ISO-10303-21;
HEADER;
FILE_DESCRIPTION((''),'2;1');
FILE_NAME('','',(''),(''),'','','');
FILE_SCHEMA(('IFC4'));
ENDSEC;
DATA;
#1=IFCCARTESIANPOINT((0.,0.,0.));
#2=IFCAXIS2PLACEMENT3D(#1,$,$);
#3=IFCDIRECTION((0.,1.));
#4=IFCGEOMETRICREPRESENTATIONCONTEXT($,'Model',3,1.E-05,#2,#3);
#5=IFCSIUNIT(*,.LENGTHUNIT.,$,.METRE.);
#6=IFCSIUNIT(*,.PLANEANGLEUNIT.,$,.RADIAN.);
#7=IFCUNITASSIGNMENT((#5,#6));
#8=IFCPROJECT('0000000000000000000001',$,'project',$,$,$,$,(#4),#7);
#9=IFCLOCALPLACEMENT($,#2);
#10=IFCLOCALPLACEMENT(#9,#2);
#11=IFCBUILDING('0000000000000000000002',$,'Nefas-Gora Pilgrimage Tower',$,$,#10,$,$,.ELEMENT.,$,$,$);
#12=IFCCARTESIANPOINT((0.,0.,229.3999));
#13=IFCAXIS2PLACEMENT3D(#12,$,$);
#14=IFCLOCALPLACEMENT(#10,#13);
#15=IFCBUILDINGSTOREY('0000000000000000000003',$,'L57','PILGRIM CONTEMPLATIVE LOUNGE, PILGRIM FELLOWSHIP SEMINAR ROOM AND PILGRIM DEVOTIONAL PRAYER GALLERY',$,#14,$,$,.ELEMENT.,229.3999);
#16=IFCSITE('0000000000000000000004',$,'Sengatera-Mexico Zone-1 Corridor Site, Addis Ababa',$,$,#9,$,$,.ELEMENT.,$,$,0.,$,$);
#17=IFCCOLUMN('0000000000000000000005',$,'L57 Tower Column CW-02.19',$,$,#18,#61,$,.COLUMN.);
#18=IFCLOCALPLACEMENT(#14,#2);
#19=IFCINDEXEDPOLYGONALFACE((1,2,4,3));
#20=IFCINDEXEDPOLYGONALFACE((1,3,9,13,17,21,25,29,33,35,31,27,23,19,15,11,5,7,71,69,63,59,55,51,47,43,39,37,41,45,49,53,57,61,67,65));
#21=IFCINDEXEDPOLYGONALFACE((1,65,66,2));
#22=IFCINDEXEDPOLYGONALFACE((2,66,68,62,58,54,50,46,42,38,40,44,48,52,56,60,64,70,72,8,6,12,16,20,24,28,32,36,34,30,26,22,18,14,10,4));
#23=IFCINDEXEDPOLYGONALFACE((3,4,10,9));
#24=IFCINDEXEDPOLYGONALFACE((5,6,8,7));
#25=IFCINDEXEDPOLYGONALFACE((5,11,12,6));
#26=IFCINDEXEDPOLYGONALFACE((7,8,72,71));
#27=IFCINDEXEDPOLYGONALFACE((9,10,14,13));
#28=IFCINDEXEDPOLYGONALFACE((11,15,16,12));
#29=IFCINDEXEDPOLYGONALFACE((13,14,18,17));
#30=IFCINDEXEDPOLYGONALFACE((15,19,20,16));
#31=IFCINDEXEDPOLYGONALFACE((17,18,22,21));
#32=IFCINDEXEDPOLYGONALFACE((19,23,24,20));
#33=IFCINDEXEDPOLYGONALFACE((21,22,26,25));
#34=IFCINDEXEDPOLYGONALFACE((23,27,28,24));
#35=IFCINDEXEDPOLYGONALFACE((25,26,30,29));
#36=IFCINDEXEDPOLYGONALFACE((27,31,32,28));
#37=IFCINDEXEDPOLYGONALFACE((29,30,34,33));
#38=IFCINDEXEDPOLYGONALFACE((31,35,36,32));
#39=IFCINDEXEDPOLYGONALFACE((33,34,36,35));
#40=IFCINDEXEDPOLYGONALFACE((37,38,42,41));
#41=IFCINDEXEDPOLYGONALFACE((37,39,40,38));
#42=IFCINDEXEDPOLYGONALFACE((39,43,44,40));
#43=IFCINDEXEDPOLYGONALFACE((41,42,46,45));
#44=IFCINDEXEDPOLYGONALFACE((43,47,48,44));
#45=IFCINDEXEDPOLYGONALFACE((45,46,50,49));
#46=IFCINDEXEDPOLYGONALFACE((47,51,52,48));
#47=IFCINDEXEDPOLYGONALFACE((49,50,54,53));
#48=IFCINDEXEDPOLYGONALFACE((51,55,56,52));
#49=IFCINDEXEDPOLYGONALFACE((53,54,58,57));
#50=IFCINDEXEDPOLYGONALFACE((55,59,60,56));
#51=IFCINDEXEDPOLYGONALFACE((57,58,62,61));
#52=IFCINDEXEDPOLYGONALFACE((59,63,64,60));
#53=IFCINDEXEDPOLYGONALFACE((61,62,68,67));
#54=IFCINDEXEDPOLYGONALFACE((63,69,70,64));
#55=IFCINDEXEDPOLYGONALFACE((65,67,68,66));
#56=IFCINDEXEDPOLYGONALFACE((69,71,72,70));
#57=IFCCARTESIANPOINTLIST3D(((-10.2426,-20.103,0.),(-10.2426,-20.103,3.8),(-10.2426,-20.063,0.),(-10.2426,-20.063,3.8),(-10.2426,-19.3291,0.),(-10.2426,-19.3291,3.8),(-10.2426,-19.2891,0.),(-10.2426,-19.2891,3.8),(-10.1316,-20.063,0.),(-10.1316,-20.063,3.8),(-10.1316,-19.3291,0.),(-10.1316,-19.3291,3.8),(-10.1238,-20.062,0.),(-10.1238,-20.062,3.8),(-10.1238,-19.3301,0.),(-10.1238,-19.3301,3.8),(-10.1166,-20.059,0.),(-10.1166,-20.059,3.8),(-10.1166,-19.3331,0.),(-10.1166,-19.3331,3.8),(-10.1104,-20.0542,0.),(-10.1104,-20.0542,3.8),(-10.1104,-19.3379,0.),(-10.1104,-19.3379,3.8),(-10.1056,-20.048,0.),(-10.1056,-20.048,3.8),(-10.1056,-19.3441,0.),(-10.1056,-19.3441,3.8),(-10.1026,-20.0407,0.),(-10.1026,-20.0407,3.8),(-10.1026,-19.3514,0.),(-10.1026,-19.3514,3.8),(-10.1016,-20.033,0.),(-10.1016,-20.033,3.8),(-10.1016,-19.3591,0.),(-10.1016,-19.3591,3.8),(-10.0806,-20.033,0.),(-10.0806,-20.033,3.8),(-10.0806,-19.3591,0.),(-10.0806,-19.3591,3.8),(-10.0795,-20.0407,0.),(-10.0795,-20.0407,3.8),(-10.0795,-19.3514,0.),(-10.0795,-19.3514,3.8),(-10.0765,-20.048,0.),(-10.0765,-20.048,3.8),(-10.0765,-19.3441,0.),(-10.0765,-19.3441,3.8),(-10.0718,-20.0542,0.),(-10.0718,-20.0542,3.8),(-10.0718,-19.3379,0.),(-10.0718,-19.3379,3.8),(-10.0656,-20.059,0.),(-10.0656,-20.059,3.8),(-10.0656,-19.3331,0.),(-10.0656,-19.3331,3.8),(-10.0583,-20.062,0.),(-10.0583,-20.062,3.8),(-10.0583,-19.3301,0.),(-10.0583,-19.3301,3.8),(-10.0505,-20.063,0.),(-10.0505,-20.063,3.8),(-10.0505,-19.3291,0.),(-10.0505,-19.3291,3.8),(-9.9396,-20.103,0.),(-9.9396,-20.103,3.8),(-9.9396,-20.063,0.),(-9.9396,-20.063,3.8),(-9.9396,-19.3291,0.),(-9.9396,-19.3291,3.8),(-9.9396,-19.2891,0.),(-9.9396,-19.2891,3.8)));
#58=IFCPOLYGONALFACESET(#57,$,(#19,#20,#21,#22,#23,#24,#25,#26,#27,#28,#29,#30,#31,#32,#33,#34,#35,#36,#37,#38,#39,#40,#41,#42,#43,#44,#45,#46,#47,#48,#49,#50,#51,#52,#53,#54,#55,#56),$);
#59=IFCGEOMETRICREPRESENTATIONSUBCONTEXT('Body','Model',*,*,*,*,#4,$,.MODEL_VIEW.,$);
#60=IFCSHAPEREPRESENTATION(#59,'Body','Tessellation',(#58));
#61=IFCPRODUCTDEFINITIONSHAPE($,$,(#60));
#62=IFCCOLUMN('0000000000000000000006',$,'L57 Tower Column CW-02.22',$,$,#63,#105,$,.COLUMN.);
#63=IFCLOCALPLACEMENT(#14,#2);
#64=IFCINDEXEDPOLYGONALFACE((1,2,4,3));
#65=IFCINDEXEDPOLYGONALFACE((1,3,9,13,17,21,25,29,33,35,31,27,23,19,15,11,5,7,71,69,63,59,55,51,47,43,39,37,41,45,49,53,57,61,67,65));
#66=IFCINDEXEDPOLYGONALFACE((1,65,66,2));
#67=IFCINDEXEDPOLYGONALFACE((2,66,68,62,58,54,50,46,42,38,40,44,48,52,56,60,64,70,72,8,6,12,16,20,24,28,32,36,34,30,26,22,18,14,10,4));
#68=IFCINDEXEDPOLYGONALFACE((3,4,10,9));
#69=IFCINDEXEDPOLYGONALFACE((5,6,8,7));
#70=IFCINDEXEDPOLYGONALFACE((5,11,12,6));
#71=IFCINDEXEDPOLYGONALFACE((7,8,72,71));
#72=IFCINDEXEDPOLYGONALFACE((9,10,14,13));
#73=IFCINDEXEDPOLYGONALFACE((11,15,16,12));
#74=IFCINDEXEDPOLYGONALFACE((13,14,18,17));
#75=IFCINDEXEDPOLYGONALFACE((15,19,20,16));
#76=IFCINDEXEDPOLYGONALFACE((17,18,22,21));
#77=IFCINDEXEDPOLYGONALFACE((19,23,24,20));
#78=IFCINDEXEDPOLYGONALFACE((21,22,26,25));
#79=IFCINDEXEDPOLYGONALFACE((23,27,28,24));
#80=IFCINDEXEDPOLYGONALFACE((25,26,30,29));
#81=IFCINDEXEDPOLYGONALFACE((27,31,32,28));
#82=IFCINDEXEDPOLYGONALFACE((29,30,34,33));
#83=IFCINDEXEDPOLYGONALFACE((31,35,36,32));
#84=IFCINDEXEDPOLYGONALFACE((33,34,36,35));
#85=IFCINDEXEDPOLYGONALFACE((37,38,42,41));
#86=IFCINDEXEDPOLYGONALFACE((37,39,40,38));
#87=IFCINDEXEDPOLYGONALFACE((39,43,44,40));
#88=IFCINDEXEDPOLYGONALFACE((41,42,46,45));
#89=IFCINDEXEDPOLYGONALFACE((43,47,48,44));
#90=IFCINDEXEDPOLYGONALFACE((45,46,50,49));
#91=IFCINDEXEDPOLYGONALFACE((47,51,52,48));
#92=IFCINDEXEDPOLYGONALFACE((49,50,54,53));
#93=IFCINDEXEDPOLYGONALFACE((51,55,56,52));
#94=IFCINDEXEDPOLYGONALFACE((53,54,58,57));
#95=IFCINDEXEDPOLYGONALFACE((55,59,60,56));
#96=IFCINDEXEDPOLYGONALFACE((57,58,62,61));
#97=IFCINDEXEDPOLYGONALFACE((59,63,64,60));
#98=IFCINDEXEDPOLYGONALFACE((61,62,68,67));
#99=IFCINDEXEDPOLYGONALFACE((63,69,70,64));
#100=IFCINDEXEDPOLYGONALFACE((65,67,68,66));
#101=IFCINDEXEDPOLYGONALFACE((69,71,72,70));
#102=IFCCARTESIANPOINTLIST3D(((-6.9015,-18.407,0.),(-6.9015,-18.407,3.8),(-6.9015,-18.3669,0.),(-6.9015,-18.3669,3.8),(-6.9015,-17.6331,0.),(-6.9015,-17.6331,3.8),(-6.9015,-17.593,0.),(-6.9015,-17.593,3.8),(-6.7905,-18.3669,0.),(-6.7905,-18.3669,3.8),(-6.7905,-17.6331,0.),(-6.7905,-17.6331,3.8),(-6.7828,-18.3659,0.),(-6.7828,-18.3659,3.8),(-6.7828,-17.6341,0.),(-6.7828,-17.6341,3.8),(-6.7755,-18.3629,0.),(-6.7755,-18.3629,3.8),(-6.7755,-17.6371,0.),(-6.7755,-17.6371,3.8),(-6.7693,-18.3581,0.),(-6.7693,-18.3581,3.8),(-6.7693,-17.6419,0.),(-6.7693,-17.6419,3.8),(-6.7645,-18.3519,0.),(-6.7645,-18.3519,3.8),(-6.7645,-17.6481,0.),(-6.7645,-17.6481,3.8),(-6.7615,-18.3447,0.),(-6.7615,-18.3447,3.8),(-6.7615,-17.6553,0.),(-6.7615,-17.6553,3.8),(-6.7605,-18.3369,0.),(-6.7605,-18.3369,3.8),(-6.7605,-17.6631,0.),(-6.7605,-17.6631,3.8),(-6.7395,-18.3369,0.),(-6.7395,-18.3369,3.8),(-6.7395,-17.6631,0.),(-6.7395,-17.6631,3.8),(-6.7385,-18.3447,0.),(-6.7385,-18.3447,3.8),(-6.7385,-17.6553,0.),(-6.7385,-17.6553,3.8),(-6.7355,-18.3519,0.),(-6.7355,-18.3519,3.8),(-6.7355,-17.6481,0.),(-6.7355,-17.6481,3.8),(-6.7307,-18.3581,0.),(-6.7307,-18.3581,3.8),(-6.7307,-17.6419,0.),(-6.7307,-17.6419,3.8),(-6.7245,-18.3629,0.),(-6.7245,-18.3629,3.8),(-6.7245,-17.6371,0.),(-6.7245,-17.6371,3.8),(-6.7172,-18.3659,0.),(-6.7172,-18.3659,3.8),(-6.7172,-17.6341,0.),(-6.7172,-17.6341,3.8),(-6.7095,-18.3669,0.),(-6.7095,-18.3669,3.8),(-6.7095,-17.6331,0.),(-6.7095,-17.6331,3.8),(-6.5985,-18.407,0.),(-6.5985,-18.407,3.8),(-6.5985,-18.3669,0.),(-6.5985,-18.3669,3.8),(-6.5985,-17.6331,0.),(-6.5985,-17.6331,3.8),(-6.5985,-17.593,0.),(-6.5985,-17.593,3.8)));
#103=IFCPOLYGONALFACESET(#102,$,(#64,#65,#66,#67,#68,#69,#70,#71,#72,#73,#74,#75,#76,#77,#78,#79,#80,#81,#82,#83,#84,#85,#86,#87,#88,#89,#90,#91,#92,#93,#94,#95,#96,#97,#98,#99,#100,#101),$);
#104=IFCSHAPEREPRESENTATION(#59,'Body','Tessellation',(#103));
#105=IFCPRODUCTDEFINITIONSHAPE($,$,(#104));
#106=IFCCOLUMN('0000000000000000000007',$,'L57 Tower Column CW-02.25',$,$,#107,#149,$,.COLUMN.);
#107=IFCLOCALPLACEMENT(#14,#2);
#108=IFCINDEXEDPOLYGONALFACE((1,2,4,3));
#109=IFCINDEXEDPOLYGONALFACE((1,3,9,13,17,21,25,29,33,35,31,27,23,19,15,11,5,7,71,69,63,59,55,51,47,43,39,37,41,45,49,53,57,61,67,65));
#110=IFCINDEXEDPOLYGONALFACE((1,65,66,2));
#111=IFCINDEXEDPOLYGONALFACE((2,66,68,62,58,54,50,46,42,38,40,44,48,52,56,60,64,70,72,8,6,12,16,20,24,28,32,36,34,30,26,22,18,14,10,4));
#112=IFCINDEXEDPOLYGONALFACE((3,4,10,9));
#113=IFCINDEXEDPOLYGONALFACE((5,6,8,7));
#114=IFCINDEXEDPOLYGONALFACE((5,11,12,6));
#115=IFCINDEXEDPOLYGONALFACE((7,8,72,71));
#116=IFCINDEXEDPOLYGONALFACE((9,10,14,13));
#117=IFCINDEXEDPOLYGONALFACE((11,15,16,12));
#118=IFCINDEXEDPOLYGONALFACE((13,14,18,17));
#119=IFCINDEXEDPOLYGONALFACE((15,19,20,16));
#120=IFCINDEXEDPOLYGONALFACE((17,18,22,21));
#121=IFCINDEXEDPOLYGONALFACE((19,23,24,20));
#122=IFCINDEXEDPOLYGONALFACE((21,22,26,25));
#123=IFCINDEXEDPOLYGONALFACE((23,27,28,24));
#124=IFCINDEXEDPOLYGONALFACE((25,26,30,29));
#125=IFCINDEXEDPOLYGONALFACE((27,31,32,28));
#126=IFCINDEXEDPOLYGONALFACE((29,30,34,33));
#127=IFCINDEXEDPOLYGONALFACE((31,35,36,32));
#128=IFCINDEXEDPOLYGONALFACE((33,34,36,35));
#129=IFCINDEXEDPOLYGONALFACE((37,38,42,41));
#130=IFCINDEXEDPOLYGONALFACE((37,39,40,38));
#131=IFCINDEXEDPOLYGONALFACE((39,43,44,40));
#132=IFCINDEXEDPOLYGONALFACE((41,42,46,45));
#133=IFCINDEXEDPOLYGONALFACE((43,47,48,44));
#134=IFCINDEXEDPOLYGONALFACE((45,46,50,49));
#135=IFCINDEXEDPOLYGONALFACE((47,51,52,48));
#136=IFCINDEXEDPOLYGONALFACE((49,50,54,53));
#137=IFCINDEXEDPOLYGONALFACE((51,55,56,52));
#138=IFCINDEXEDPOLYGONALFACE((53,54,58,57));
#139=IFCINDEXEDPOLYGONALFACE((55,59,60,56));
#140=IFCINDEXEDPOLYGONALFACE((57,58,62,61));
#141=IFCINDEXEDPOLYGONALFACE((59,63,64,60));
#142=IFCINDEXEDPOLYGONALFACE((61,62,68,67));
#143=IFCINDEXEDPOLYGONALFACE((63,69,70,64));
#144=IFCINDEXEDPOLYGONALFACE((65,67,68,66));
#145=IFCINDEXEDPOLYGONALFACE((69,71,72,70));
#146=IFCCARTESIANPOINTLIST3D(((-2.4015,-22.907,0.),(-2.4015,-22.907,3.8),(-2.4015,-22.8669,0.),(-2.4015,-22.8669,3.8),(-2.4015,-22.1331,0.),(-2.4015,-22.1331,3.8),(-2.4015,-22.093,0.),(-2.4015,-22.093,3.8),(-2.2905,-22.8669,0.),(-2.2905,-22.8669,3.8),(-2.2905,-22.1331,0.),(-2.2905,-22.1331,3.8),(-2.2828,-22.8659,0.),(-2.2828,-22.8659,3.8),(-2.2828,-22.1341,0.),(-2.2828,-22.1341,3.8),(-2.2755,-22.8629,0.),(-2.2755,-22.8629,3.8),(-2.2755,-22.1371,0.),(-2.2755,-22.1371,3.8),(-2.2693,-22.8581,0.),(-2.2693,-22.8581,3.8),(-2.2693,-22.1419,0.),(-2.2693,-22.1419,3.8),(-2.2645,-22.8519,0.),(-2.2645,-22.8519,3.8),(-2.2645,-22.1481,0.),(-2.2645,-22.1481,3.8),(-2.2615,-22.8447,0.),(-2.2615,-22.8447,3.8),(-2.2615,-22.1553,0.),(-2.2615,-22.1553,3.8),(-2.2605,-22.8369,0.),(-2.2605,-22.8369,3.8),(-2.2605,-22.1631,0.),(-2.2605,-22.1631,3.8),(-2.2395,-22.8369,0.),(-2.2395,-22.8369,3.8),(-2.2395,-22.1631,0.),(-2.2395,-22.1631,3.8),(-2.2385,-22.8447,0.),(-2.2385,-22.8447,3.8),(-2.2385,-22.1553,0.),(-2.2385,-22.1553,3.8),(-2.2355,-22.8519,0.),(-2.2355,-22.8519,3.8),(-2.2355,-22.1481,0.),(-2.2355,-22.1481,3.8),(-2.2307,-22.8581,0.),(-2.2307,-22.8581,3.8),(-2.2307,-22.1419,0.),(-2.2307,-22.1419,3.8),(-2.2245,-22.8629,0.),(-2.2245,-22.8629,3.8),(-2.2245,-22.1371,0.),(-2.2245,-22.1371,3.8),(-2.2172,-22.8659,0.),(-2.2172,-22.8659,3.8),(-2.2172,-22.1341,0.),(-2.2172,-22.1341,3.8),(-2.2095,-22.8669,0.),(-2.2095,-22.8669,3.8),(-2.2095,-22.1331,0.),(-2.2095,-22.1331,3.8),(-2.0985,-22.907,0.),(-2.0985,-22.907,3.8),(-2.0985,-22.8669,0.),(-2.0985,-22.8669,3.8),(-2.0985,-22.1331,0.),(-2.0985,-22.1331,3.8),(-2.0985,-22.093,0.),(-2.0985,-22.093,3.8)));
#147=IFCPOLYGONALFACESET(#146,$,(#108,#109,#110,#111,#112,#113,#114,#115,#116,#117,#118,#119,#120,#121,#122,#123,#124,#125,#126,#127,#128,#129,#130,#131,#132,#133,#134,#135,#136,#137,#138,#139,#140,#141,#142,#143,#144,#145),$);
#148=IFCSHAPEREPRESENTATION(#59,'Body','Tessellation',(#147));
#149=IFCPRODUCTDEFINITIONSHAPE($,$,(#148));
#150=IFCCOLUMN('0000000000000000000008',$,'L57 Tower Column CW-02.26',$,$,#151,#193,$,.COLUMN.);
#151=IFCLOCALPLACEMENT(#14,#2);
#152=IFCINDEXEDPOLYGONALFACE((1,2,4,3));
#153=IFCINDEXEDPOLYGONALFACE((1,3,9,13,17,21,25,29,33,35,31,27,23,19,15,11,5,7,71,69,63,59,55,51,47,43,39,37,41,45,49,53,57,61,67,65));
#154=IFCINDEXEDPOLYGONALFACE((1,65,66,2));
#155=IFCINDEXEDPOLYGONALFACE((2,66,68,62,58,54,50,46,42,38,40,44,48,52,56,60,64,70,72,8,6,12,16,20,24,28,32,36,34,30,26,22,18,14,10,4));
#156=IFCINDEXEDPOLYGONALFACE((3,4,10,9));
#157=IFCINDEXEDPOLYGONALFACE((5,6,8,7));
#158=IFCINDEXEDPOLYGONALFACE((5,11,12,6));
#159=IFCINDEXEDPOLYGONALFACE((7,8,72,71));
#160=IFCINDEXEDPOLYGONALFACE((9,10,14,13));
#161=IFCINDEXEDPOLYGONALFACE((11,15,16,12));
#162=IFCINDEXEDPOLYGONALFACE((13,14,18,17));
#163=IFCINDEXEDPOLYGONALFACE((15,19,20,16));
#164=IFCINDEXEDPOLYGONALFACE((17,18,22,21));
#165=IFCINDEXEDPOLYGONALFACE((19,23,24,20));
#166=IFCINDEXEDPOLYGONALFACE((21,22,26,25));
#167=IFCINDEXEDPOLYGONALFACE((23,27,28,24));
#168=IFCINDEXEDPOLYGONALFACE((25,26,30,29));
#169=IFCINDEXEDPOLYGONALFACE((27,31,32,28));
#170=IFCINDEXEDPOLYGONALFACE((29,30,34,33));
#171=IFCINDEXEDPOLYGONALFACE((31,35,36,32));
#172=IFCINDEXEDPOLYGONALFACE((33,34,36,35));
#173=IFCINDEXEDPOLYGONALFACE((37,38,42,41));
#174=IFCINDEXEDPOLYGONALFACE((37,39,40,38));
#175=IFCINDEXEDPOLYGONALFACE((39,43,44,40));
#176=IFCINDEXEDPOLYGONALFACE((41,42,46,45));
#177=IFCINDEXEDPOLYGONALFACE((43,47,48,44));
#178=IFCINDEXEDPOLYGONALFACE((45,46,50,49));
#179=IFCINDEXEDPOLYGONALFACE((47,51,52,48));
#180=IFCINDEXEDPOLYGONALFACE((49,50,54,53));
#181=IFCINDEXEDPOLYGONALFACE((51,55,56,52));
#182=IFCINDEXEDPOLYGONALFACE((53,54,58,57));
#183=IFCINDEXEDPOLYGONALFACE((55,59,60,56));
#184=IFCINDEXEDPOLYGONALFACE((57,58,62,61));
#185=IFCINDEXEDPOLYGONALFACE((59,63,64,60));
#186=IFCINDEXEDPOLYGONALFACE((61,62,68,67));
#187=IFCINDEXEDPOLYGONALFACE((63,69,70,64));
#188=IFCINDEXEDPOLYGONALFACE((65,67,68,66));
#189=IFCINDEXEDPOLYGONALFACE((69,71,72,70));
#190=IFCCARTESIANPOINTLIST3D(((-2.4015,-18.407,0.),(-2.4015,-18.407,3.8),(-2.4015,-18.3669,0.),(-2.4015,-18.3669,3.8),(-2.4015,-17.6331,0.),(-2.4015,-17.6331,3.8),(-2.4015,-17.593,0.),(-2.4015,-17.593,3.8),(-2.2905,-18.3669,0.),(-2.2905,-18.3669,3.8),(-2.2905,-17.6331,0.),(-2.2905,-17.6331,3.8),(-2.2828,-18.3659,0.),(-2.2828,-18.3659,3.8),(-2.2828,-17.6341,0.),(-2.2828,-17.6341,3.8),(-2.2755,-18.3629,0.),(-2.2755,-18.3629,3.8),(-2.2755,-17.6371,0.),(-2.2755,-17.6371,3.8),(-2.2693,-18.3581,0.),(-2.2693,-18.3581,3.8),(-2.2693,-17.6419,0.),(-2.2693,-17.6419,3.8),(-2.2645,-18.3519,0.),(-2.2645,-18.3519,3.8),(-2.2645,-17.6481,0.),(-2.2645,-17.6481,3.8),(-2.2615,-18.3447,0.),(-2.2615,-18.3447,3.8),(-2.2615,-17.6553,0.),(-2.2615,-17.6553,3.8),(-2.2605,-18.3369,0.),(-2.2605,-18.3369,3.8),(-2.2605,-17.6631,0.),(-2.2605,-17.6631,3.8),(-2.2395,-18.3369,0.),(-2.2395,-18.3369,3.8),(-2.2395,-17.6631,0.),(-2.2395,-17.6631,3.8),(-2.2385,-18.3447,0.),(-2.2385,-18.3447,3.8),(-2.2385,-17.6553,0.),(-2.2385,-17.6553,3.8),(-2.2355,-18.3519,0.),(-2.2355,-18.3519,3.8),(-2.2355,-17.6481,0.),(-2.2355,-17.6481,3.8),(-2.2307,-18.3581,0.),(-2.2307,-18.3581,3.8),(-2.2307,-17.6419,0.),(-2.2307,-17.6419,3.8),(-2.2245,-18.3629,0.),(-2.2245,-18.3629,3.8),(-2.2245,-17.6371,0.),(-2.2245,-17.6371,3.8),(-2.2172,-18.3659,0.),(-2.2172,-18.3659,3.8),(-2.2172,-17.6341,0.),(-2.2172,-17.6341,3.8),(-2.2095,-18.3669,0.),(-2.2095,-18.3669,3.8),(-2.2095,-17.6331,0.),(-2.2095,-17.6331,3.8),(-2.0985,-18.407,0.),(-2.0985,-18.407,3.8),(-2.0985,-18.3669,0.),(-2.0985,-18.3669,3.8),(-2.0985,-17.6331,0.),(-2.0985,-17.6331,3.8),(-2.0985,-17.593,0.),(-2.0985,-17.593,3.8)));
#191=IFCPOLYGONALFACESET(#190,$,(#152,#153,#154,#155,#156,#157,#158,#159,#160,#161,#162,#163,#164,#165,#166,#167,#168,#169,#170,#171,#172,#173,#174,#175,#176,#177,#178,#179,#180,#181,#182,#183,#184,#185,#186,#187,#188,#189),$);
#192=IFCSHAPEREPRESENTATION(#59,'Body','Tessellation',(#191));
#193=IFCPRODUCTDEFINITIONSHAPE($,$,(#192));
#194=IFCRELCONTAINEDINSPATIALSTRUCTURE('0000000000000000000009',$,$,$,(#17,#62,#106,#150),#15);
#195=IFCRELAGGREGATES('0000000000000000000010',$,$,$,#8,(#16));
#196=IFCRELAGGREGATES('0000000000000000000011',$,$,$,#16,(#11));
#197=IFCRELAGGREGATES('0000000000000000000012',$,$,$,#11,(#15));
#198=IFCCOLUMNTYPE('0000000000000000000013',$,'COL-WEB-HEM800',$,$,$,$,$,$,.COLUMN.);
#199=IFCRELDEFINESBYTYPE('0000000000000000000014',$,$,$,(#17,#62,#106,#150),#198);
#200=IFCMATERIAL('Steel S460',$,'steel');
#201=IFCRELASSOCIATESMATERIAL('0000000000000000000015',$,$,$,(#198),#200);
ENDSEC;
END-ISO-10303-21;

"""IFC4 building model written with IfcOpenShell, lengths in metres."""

from ifc_helpers import new_model, si_unit, direction, frame, origin, origin_2d, place, context, subcontext, project, spatial, i_section, extrude, source, transform, mapped, material, material_profile, profile_set, type_object, element, save


model = new_model("IFC4")

# Units and contexts
model_context = context("Model", 3, precision=1e-05, world=origin(), true_north=direction((0.0, 1.0)))
body_context = subcontext(model_context, "Body", "Model", "MODEL_VIEW")
ifc_project = project(units=[si_unit("LENGTHUNIT", "METRE"), si_unit("PLANEANGLEUNIT", "RADIAN")], contexts=[model_context])

# Site, building, storey
site_placement = place(None, origin())
site = spatial("IfcSite", under=ifc_project, at=site_placement, Name="Sengatera-Mexico Zone-1 Corridor Site, Addis Ababa", CompositionType="ELEMENT", RefElevation=0.0)
building_placement = place(site_placement, origin())
building = spatial("IfcBuilding", under=site, at=building_placement, Name="Nefas-Gora Pilgrimage Tower", CompositionType="ELEMENT")
storey_placement = place(building_placement, frame((0.0, 0.0, 229.3999)))
storey = spatial("IfcBuildingStorey", under=building, at=storey_placement, Name="L57", Description="PILGRIM CONTEMPLATIVE LOUNGE, PILGRIM FELLOWSHIP SEMINAR ROOM AND PILGRIM DEVOTIONAL PRAYER GALLERY", CompositionType="ELEMENT", Elevation=229.3999)

# Columns
ifc_material_1 = material(Name="Steel S460", Category="steel")
ifc_material_profile_1 = material_profile(ifc_material_1, i_section(OverallWidth=0.303, OverallDepth=0.814, WebThickness=0.021, FlangeThickness=0.04, FilletRadius=0.03, at=origin_2d()), Name="HEM 800")
ifc_profile_set_1 = profile_set([ifc_material_profile_1], Name="Steel S460")
column_type_1 = type_object("IfcColumnType", Name="COL-WEB-HEM800", PredefinedType="COLUMN", material=ifc_profile_set_1)
shared_shape_1 = source(origin(), body_context, "Body", "SweptSolid", [
    extrude(i_section(OverallWidth=0.303, OverallDepth=0.814, WebThickness=0.021, FlangeThickness=0.04, FilletRadius=0.03, at=origin_2d()), origin(), (0.0, 0.0, 1.0), 3.8),
])
for number, where, z_axis, x_axis, name in (
    (1, (-10.0911, -19.696, 0.0), (0.0, 0.0, 1.0), (1.0, 0.0, 0.0), "L57 Tower Column CW-02.19"),
    (2, (-6.75, -18.0, 0.0), (0.0, 0.0, 1.0), (1.0, 0.0, 0.0), "L57 Tower Column CW-02.22"),
    (3, (-2.25, -22.5, 0.0), (0.0, 0.0, 1.0), (1.0, 0.0, 0.0), "L57 Tower Column CW-02.25"),
    (4, (-2.25, -18.0, 0.0), (0.0, 0.0, 1.0), (1.0, 0.0, 0.0), "L57 Tower Column CW-02.26"),
):
    element("IfcColumn", number, at=place(storey_placement, frame(where, z_axis=z_axis, x_axis=x_axis)), inside=storey, type_object=column_type_1, Name=name, PredefinedType="COLUMN", context=body_context, shape_type="MappedRepresentation", body=[
        mapped(shared_shape_1, transform((0.0, 0.0, 0.0), x_axis=(1.0, 0.0, 0.0), y_axis=(0.0, 1.0, 0.0), z_axis=(0.0, 0.0, 1.0), scale=1.0)),
    ])

save(model, "model.ifc")
